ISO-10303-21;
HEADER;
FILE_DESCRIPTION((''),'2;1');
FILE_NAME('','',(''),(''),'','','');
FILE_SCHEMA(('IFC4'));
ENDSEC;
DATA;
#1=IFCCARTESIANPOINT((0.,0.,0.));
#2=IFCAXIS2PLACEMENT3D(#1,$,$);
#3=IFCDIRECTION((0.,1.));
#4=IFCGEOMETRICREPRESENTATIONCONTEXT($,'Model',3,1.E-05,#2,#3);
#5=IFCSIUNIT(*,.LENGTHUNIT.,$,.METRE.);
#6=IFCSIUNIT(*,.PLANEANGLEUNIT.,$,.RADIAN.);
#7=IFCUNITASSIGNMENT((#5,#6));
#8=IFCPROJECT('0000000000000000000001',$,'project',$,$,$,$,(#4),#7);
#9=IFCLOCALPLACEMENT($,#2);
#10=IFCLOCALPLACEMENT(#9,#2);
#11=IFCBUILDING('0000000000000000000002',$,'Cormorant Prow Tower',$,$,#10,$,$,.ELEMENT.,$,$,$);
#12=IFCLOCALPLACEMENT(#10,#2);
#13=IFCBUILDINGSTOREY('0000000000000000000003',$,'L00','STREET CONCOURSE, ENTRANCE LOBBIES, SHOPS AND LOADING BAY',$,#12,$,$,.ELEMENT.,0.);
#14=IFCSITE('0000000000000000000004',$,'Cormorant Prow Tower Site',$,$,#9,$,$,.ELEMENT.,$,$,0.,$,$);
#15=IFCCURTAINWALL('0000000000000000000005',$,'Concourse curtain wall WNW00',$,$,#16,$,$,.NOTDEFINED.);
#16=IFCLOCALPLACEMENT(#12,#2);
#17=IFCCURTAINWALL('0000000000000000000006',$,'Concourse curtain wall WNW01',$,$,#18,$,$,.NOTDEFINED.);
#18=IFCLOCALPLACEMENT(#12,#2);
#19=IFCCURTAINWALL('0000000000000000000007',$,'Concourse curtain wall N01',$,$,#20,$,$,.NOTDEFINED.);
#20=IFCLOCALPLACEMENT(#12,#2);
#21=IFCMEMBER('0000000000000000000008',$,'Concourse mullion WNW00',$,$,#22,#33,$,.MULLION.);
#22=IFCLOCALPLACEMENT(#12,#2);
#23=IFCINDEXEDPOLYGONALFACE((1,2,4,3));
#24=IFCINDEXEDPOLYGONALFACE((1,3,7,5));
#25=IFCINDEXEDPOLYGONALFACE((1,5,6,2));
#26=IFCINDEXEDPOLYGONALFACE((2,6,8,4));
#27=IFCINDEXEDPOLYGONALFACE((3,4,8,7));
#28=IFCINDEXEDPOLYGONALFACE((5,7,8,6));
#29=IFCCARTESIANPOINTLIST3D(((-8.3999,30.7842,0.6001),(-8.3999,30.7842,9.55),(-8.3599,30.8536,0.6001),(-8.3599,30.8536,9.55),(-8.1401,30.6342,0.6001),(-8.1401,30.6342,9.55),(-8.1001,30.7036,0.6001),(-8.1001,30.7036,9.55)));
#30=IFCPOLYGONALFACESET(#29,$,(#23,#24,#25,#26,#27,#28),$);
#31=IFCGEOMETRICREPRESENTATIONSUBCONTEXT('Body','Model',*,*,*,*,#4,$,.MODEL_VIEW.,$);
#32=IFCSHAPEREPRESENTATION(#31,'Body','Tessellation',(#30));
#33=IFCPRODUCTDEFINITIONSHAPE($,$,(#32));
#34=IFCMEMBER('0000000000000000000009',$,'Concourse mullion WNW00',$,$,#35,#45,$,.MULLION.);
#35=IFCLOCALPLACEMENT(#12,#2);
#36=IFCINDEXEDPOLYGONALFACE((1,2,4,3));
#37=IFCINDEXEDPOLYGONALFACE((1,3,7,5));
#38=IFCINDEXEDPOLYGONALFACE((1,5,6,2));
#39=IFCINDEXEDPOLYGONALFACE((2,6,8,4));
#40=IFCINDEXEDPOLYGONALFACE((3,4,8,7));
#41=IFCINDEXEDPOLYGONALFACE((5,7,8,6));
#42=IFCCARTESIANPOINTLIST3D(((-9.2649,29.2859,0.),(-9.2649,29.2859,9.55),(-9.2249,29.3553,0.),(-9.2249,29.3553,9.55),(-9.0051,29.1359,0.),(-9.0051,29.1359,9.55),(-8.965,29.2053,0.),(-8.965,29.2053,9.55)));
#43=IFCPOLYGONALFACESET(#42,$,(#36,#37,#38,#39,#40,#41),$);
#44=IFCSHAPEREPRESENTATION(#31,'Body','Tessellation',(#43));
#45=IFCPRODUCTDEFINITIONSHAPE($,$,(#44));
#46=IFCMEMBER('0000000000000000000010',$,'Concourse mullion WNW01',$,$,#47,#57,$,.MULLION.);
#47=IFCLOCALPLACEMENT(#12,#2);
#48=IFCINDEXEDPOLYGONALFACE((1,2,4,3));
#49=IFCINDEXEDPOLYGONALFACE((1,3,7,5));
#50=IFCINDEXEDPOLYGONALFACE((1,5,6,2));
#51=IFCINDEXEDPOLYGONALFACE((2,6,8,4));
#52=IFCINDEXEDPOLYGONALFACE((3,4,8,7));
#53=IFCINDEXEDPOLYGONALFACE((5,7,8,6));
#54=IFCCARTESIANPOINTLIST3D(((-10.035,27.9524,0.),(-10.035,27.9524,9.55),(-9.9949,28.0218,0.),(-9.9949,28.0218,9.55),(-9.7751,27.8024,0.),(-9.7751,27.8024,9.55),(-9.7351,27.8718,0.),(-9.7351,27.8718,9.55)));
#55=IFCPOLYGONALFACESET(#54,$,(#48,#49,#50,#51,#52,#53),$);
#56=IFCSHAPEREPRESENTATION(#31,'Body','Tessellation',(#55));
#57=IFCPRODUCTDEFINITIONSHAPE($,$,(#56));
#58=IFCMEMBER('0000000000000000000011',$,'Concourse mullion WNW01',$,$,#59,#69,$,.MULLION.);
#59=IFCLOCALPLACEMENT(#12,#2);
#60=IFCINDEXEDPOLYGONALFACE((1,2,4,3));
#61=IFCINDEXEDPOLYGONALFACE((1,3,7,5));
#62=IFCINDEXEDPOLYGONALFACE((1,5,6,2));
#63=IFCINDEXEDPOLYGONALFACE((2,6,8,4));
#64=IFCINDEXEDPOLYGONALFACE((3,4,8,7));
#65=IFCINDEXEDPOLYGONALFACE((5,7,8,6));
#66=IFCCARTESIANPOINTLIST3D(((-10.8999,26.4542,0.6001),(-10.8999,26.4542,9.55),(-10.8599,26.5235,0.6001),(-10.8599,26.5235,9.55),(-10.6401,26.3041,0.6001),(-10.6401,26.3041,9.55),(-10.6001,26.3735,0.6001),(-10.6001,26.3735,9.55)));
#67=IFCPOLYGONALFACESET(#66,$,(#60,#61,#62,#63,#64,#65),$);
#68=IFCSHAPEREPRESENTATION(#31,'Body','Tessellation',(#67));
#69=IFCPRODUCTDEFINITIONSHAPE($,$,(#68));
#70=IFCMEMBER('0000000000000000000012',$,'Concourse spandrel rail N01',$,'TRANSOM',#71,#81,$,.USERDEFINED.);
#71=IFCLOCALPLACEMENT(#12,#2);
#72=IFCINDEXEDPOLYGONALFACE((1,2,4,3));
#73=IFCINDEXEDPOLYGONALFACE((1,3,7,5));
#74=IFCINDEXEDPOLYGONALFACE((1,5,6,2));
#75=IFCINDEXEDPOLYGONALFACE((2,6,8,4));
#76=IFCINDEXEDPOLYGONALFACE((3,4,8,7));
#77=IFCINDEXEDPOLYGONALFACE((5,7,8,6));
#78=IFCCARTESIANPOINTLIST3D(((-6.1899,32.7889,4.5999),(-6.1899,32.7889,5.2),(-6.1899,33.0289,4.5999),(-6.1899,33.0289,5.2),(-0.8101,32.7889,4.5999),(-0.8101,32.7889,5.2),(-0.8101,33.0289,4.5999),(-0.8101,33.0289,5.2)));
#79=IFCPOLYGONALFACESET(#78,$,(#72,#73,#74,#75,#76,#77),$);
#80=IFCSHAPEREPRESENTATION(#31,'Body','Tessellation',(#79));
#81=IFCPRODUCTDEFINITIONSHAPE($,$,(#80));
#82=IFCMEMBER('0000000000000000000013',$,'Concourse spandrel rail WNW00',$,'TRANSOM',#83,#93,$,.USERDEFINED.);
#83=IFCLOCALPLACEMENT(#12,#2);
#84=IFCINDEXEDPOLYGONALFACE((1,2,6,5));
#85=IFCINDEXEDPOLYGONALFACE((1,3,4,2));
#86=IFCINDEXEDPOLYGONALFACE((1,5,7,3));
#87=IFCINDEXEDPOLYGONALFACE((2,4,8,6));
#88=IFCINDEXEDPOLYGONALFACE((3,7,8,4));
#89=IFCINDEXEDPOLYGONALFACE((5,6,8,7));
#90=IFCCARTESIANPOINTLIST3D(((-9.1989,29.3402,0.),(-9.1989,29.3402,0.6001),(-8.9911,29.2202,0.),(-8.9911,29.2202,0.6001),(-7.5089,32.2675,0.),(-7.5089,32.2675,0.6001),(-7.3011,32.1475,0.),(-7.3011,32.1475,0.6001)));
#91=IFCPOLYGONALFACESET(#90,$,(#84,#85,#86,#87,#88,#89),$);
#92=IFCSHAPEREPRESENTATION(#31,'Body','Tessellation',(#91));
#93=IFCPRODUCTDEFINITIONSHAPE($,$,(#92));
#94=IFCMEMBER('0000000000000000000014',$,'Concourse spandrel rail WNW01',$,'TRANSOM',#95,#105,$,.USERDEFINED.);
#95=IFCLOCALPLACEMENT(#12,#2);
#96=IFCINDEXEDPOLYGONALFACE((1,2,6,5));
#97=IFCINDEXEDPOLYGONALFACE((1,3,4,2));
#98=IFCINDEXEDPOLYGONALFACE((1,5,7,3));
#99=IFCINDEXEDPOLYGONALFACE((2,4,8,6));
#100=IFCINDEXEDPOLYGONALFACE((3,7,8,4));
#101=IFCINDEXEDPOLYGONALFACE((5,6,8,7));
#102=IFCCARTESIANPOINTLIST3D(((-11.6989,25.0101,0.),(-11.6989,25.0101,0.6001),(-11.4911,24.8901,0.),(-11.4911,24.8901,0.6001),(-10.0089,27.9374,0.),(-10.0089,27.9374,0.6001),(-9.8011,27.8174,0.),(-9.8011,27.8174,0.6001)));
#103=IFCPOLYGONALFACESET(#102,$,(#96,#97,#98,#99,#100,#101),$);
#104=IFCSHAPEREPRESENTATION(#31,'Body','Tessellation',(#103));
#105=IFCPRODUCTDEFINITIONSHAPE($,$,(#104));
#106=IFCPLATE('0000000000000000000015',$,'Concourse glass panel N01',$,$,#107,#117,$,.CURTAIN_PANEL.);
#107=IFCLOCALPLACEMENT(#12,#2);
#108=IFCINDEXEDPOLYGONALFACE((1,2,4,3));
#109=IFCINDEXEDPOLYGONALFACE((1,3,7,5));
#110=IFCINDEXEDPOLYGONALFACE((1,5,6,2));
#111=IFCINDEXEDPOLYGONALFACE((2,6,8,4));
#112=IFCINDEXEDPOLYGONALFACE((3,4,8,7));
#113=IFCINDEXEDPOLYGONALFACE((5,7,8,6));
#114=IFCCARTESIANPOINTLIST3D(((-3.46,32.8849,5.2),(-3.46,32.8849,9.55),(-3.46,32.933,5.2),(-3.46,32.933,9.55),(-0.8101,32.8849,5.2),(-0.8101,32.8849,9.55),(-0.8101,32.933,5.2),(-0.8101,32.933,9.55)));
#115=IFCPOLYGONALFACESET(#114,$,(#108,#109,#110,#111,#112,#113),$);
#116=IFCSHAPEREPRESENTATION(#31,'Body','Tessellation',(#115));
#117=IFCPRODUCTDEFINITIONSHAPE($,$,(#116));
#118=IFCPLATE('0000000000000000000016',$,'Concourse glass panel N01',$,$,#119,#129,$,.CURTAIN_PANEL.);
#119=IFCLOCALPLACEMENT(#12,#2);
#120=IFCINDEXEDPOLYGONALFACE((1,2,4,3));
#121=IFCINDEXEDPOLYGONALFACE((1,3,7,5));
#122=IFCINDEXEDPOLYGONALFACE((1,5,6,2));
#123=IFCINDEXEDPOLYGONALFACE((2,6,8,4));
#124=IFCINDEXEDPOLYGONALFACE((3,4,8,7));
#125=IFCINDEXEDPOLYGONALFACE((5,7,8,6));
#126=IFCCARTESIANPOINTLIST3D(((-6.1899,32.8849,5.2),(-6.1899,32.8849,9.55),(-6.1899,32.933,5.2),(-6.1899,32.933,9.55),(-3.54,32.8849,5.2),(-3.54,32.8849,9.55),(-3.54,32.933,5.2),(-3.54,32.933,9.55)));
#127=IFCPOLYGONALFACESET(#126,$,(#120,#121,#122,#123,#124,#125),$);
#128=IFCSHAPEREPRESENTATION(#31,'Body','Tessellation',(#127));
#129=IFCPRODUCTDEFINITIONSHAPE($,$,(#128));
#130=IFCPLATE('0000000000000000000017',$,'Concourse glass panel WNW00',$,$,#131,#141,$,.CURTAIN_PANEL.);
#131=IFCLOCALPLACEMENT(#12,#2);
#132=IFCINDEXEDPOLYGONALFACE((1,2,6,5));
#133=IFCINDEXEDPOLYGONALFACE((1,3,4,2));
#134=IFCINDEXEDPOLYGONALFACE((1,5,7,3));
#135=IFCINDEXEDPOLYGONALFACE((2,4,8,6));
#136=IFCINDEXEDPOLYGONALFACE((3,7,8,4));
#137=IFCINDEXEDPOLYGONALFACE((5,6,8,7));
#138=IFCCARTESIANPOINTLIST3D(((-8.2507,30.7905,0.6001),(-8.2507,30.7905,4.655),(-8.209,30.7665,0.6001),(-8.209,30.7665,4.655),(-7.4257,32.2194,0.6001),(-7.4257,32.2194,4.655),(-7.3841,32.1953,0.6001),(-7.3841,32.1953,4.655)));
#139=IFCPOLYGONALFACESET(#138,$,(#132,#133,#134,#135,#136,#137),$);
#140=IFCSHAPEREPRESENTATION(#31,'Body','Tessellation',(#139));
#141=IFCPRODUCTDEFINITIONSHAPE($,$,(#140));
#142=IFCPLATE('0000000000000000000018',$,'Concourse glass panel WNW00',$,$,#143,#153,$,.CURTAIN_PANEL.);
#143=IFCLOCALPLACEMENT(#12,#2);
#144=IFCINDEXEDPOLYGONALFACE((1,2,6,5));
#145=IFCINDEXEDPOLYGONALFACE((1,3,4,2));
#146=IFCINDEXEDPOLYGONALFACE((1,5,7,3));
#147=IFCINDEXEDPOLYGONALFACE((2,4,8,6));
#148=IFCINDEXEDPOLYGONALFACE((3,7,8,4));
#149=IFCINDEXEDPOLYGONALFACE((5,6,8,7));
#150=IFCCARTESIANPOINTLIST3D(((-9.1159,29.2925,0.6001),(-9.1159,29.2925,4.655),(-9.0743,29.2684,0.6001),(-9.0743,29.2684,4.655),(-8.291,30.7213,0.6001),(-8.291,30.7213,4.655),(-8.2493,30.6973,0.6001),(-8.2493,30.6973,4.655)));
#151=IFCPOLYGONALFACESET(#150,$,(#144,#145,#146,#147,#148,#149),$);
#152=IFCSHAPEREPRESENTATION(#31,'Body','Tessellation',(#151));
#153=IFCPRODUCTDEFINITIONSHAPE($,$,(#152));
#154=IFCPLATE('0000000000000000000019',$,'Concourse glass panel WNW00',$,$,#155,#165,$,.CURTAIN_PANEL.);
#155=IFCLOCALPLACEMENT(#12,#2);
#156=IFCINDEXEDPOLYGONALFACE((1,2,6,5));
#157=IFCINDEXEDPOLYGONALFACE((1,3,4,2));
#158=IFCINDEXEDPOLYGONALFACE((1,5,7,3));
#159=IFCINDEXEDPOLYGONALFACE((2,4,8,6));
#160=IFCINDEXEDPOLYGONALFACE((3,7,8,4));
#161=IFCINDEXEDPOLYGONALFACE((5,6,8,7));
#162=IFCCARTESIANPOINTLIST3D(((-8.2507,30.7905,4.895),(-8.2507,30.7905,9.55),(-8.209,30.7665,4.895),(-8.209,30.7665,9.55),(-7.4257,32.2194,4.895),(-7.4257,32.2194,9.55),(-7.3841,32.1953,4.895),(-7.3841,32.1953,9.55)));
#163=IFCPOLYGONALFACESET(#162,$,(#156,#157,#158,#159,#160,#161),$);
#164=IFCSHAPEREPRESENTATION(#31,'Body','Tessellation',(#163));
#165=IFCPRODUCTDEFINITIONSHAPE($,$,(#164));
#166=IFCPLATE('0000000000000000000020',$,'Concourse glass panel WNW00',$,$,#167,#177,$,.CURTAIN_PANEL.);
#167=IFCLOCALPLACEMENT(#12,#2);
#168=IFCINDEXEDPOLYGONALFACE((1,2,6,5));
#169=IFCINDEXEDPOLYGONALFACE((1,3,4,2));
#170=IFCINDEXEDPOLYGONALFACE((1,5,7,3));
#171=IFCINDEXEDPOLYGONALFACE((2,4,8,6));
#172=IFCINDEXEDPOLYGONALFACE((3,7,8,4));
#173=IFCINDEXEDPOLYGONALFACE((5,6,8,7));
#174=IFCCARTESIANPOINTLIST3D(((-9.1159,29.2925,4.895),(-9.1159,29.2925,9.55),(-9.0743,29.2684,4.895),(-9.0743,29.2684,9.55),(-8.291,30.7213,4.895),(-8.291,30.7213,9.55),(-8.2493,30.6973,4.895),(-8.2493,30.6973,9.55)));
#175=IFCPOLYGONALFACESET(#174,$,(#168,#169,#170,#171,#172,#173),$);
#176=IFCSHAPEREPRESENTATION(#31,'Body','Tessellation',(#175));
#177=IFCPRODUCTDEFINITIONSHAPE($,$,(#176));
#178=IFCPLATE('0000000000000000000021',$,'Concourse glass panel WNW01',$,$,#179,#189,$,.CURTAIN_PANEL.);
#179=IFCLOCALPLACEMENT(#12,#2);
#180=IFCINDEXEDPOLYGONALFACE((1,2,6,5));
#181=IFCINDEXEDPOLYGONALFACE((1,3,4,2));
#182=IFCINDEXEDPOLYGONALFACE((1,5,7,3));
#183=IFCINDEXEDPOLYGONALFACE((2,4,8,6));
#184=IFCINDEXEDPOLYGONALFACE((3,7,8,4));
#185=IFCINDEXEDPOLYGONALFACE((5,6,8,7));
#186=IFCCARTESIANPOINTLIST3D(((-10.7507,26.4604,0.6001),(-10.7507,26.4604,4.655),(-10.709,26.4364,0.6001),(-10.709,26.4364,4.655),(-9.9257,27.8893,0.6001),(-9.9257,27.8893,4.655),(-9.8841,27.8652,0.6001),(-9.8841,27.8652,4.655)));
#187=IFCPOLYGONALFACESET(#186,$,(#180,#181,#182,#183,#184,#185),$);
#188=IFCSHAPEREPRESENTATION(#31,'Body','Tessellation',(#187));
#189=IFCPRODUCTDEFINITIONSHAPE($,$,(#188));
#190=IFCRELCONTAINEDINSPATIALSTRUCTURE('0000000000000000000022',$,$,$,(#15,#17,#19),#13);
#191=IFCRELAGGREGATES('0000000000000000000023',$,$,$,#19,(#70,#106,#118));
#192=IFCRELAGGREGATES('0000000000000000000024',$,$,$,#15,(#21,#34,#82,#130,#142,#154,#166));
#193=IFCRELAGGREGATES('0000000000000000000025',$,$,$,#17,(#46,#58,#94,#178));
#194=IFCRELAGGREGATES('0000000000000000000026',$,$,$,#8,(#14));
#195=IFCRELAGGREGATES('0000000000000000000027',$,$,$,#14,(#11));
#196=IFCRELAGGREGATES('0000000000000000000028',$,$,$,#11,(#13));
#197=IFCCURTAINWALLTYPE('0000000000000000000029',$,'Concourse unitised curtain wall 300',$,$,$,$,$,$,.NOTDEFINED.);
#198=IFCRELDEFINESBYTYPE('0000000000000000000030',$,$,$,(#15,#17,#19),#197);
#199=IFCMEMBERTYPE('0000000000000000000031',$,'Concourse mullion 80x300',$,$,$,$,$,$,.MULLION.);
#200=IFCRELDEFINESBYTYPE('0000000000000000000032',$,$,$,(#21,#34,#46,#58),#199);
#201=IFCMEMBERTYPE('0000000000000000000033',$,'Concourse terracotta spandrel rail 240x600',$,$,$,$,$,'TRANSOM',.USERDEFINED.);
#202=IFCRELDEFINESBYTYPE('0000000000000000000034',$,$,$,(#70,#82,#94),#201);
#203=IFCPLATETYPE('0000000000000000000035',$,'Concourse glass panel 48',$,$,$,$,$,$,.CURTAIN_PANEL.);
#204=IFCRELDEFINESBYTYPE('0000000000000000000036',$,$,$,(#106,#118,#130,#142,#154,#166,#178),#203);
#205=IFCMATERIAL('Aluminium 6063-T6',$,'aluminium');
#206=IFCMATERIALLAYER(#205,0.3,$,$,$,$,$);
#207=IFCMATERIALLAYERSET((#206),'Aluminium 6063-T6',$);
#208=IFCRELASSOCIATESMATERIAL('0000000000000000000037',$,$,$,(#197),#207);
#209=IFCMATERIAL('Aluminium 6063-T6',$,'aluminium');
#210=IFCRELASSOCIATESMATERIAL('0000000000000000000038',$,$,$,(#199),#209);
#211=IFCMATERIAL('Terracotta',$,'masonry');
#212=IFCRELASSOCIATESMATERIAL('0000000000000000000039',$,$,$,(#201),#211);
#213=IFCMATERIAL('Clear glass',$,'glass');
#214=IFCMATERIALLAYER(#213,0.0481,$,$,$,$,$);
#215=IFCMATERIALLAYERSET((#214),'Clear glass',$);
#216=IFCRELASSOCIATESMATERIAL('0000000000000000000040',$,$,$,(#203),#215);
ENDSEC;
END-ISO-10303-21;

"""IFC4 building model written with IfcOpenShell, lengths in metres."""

from ifc_helpers import new_model, si_unit, direction, frame, origin, origin_2d, place, context, subcontext, project, spatial, rectangle, extrude, material, layer, layer_set, material_profile, profile_set, type_object, element, aggregate, save


model = new_model("IFC4")

# Units and contexts
model_context = context("Model", 3, precision=1e-05, world=origin(), true_north=direction((0.0, 1.0)))
body_context = subcontext(model_context, "Body", "Model", "MODEL_VIEW")
ifc_project = project(units=[si_unit("LENGTHUNIT", "METRE"), si_unit("PLANEANGLEUNIT", "RADIAN")], contexts=[model_context])

# Site, building, storey
site_placement = place(None, origin())
site = spatial("IfcSite", under=ifc_project, at=site_placement, Name="Cormorant Prow Tower Site", CompositionType="ELEMENT", RefElevation=0.0)
building_placement = place(site_placement, origin())
building = spatial("IfcBuilding", under=site, at=building_placement, Name="Cormorant Prow Tower", CompositionType="ELEMENT")
storey_placement = place(building_placement, origin())
storey = spatial("IfcBuildingStorey", under=building, at=storey_placement, Name="L00", Description="STREET CONCOURSE, ENTRANCE LOBBIES, SHOPS AND LOADING BAY", CompositionType="ELEMENT", Elevation=0.0)

# Curtain walls
ifc_material_1 = material(Name="Aluminium 6063-T6", Category="aluminium")
ifc_layer_1 = layer(ifc_material_1, 0.3)
ifc_layer_set_1 = layer_set([ifc_layer_1], Name="Aluminium 6063-T6")
curtain_wall_type = type_object("IfcCurtainWallType", Name="Concourse unitised curtain wall 300", PredefinedType="NOTDEFINED", material=ifc_layer_set_1)
curtain_wall_1_placement = place(storey_placement, origin())
curtain_wall_1 = element("IfcCurtainWall", 1, at=curtain_wall_1_placement, inside=storey, type_object=curtain_wall_type, Name="Concourse curtain wall WNW00", PredefinedType="NOTDEFINED")
curtain_wall_2_placement = place(storey_placement, origin())
curtain_wall_2 = element("IfcCurtainWall", 2, at=curtain_wall_2_placement, inside=storey, type_object=curtain_wall_type, Name="Concourse curtain wall WNW01", PredefinedType="NOTDEFINED")
curtain_wall_3_placement = place(storey_placement, origin())
curtain_wall_3 = element("IfcCurtainWall", 3, at=curtain_wall_3_placement, inside=storey, type_object=curtain_wall_type, Name="Concourse curtain wall N01", PredefinedType="NOTDEFINED")
ifc_material_2 = material(Name="Aluminium 6063-T6", Category="aluminium")
ifc_material_profile_1 = material_profile(ifc_material_2, rectangle(XDim=0.3, YDim=0.0801, at=origin_2d()), Name="Concourse mullion 80x300")
ifc_profile_set_1 = profile_set([ifc_material_profile_1], Name="Aluminium 6063-T6")
member_type_1 = type_object("IfcMemberType", Name="Concourse mullion 80x300", PredefinedType="MULLION", material=ifc_profile_set_1)

# Members
member_1_placement = place(storey_placement, frame((-8.25, 30.7439, 0.6001), z_axis=(0.0, 0.0, 1.0), x_axis=(0.866025, -0.5, 0.0)))
member_1 = element("IfcMember", 4, at=member_1_placement, type_object=member_type_1, Name="Concourse mullion WNW00", PredefinedType="MULLION", context=body_context, shape_type="SweptSolid", body=[
    extrude(rectangle(XDim=0.3, YDim=0.0801, at=origin_2d()), origin(), (0.0, 0.0, 1.0), 8.95),
])
member_2_placement = place(storey_placement, frame((-9.115, 29.2456, 0.0), z_axis=(0.0, 0.0, 1.0), x_axis=(0.866025, -0.5, 0.0)))
member_2 = element("IfcMember", 5, at=member_2_placement, type_object=member_type_1, Name="Concourse mullion WNW00", PredefinedType="MULLION", context=body_context, shape_type="SweptSolid", body=[
    extrude(rectangle(XDim=0.3, YDim=0.0801, at=origin_2d()), origin(), (0.0, 0.0, 1.0), 9.55),
])
member_3_placement = place(storey_placement, frame((-9.885, 27.9121, 0.0), z_axis=(0.0, 0.0, 1.0), x_axis=(0.866025, -0.5, 0.0)))
member_3 = element("IfcMember", 6, at=member_3_placement, type_object=member_type_1, Name="Concourse mullion WNW01", PredefinedType="MULLION", context=body_context, shape_type="SweptSolid", body=[
    extrude(rectangle(XDim=0.3, YDim=0.0801, at=origin_2d()), origin(), (0.0, 0.0, 1.0), 9.55),
])
member_4_placement = place(storey_placement, frame((-10.75, 26.4138, 0.6001), z_axis=(0.0, 0.0, 1.0), x_axis=(0.866025, -0.5, 0.0)))
member_4 = element("IfcMember", 7, at=member_4_placement, type_object=member_type_1, Name="Concourse mullion WNW01", PredefinedType="MULLION", context=body_context, shape_type="SweptSolid", body=[
    extrude(rectangle(XDim=0.3, YDim=0.0801, at=origin_2d()), origin(), (0.0, 0.0, 1.0), 8.95),
])
ifc_material_3 = material(Name="Terracotta", Category="masonry")
ifc_material_profile_2 = material_profile(ifc_material_3, rectangle(XDim=0.24, YDim=0.6001, at=origin_2d()), Name="Concourse terracotta spandrel rail 240x600")
ifc_profile_set_2 = profile_set([ifc_material_profile_2], Name="Terracotta")
member_type_2 = type_object("IfcMemberType", Name="Concourse terracotta spandrel rail 240x600", ElementType="TRANSOM", PredefinedType="USERDEFINED", material=ifc_profile_set_2)
member_5_placement = place(storey_placement, frame((-0.8101, 32.9089, 4.8999), z_axis=(-1.0, 0.0, 0.0), x_axis=(0.0, -1.0, 0.0)))
member_5 = element("IfcMember", 8, at=member_5_placement, type_object=member_type_2, Name="Concourse spandrel rail N01", ObjectType="TRANSOM", PredefinedType="USERDEFINED", context=body_context, shape_type="SweptSolid", body=[
    extrude(rectangle(XDim=0.24, YDim=0.6001, at=origin_2d()), origin(), (0.0, 0.0, 1.0), 5.3799),
])
member_6_placement = place(storey_placement, frame((-7.405, 32.2075, 0.3), z_axis=(-0.499977, -0.866039, 0.0), x_axis=(0.866039, -0.499977, 0.0)))
member_6 = element("IfcMember", 9, at=member_6_placement, type_object=member_type_2, Name="Concourse spandrel rail WNW00", ObjectType="TRANSOM", PredefinedType="USERDEFINED", context=body_context, shape_type="SweptSolid", body=[
    extrude(rectangle(XDim=0.24, YDim=0.6001, at=origin_2d()), origin(), (0.0, 0.0, 1.0), 3.3801),
])
member_7_placement = place(storey_placement, frame((-9.905, 27.8774, 0.3), z_axis=(-0.499977, -0.866039, 0.0), x_axis=(0.866039, -0.499977, 0.0)))
member_7 = element("IfcMember", 10, at=member_7_placement, type_object=member_type_2, Name="Concourse spandrel rail WNW01", ObjectType="TRANSOM", PredefinedType="USERDEFINED", context=body_context, shape_type="SweptSolid", body=[
    extrude(rectangle(XDim=0.24, YDim=0.6001, at=origin_2d()), origin(), (0.0, 0.0, 1.0), 3.3801),
])

# Plates
ifc_material_4 = material(Name="Clear glass", Category="glass")
ifc_layer_2 = layer(ifc_material_4, 0.0481)
ifc_layer_set_2 = layer_set([ifc_layer_2], Name="Clear glass")
plate_type = type_object("IfcPlateType", Name="Concourse glass panel 48", PredefinedType="CURTAIN_PANEL", material=ifc_layer_set_2)
plate_1_placement = place(storey_placement, frame((-2.135, 32.9089, 5.2), z_axis=(0.0, 0.0, 1.0), x_axis=(-1.0, 0.0, 0.0)))
plate_1 = element("IfcPlate", 11, at=plate_1_placement, type_object=plate_type, Name="Concourse glass panel N01", PredefinedType="CURTAIN_PANEL", context=body_context, shape_type="SweptSolid", body=[
    extrude(rectangle(XDim=2.6499, YDim=0.0481, at=origin_2d()), origin(), (0.0, 0.0, 1.0), 4.3501),
])
plate_2_placement = place(storey_placement, frame((-4.865, 32.9089, 5.2), z_axis=(0.0, 0.0, 1.0), x_axis=(-1.0, 0.0, 0.0)))
plate_2 = element("IfcPlate", 12, at=plate_2_placement, type_object=plate_type, Name="Concourse glass panel N01", PredefinedType="CURTAIN_PANEL", context=body_context, shape_type="SweptSolid", body=[
    extrude(rectangle(XDim=2.6499, YDim=0.0481, at=origin_2d()), origin(), (0.0, 0.0, 1.0), 4.3501),
])
aggregate(curtain_wall_3, [member_5, plate_1, plate_2])
plate_3_placement = place(storey_placement, frame((-7.8174, 31.4929, 0.6001), z_axis=(0.0, 0.0, 1.0), x_axis=(-0.5, -0.866025, 0.0)))
plate_3 = element("IfcPlate", 13, at=plate_3_placement, type_object=plate_type, Name="Concourse glass panel WNW00", PredefinedType="CURTAIN_PANEL", context=body_context, shape_type="SweptSolid", body=[
    extrude(rectangle(XDim=1.6499, YDim=0.0481, at=origin_2d()), origin(), (0.0, 0.0, 1.0), 4.0549),
])
plate_4_placement = place(storey_placement, frame((-8.6826, 29.9949, 0.6001), z_axis=(0.0, 0.0, 1.0), x_axis=(-0.5, -0.866025, 0.0)))
plate_4 = element("IfcPlate", 14, at=plate_4_placement, type_object=plate_type, Name="Concourse glass panel WNW00", PredefinedType="CURTAIN_PANEL", context=body_context, shape_type="SweptSolid", body=[
    extrude(rectangle(XDim=1.6499, YDim=0.0481, at=origin_2d()), origin(), (0.0, 0.0, 1.0), 4.0549),
])
plate_5_placement = place(storey_placement, frame((-7.8174, 31.4929, 4.895), z_axis=(0.0, 0.0, 1.0), x_axis=(-0.5, -0.866025, 0.0)))
plate_5 = element("IfcPlate", 15, at=plate_5_placement, type_object=plate_type, Name="Concourse glass panel WNW00", PredefinedType="CURTAIN_PANEL", context=body_context, shape_type="SweptSolid", body=[
    extrude(rectangle(XDim=1.6499, YDim=0.0481, at=origin_2d()), origin(), (0.0, 0.0, 1.0), 4.655),
])
plate_6_placement = place(storey_placement, frame((-8.6826, 29.9949, 4.895), z_axis=(0.0, 0.0, 1.0), x_axis=(-0.5, -0.866025, 0.0)))
plate_6 = element("IfcPlate", 16, at=plate_6_placement, type_object=plate_type, Name="Concourse glass panel WNW00", PredefinedType="CURTAIN_PANEL", context=body_context, shape_type="SweptSolid", body=[
    extrude(rectangle(XDim=1.6499, YDim=0.0481, at=origin_2d()), origin(), (0.0, 0.0, 1.0), 4.655),
])
aggregate(curtain_wall_1, [member_1, member_2, member_6, plate_3, plate_4, plate_5, plate_6])
plate_7_placement = place(storey_placement, frame((-10.3174, 27.1628, 0.6001), z_axis=(0.0, 0.0, 1.0), x_axis=(-0.5, -0.866025, 0.0)))
plate_7 = element("IfcPlate", 17, at=plate_7_placement, type_object=plate_type, Name="Concourse glass panel WNW01", PredefinedType="CURTAIN_PANEL", context=body_context, shape_type="SweptSolid", body=[
    extrude(rectangle(XDim=1.6499, YDim=0.0481, at=origin_2d()), origin(), (0.0, 0.0, 1.0), 4.0549),
])
aggregate(curtain_wall_2, [member_3, member_4, member_7, plate_7])

save(model, "model.ifc")
